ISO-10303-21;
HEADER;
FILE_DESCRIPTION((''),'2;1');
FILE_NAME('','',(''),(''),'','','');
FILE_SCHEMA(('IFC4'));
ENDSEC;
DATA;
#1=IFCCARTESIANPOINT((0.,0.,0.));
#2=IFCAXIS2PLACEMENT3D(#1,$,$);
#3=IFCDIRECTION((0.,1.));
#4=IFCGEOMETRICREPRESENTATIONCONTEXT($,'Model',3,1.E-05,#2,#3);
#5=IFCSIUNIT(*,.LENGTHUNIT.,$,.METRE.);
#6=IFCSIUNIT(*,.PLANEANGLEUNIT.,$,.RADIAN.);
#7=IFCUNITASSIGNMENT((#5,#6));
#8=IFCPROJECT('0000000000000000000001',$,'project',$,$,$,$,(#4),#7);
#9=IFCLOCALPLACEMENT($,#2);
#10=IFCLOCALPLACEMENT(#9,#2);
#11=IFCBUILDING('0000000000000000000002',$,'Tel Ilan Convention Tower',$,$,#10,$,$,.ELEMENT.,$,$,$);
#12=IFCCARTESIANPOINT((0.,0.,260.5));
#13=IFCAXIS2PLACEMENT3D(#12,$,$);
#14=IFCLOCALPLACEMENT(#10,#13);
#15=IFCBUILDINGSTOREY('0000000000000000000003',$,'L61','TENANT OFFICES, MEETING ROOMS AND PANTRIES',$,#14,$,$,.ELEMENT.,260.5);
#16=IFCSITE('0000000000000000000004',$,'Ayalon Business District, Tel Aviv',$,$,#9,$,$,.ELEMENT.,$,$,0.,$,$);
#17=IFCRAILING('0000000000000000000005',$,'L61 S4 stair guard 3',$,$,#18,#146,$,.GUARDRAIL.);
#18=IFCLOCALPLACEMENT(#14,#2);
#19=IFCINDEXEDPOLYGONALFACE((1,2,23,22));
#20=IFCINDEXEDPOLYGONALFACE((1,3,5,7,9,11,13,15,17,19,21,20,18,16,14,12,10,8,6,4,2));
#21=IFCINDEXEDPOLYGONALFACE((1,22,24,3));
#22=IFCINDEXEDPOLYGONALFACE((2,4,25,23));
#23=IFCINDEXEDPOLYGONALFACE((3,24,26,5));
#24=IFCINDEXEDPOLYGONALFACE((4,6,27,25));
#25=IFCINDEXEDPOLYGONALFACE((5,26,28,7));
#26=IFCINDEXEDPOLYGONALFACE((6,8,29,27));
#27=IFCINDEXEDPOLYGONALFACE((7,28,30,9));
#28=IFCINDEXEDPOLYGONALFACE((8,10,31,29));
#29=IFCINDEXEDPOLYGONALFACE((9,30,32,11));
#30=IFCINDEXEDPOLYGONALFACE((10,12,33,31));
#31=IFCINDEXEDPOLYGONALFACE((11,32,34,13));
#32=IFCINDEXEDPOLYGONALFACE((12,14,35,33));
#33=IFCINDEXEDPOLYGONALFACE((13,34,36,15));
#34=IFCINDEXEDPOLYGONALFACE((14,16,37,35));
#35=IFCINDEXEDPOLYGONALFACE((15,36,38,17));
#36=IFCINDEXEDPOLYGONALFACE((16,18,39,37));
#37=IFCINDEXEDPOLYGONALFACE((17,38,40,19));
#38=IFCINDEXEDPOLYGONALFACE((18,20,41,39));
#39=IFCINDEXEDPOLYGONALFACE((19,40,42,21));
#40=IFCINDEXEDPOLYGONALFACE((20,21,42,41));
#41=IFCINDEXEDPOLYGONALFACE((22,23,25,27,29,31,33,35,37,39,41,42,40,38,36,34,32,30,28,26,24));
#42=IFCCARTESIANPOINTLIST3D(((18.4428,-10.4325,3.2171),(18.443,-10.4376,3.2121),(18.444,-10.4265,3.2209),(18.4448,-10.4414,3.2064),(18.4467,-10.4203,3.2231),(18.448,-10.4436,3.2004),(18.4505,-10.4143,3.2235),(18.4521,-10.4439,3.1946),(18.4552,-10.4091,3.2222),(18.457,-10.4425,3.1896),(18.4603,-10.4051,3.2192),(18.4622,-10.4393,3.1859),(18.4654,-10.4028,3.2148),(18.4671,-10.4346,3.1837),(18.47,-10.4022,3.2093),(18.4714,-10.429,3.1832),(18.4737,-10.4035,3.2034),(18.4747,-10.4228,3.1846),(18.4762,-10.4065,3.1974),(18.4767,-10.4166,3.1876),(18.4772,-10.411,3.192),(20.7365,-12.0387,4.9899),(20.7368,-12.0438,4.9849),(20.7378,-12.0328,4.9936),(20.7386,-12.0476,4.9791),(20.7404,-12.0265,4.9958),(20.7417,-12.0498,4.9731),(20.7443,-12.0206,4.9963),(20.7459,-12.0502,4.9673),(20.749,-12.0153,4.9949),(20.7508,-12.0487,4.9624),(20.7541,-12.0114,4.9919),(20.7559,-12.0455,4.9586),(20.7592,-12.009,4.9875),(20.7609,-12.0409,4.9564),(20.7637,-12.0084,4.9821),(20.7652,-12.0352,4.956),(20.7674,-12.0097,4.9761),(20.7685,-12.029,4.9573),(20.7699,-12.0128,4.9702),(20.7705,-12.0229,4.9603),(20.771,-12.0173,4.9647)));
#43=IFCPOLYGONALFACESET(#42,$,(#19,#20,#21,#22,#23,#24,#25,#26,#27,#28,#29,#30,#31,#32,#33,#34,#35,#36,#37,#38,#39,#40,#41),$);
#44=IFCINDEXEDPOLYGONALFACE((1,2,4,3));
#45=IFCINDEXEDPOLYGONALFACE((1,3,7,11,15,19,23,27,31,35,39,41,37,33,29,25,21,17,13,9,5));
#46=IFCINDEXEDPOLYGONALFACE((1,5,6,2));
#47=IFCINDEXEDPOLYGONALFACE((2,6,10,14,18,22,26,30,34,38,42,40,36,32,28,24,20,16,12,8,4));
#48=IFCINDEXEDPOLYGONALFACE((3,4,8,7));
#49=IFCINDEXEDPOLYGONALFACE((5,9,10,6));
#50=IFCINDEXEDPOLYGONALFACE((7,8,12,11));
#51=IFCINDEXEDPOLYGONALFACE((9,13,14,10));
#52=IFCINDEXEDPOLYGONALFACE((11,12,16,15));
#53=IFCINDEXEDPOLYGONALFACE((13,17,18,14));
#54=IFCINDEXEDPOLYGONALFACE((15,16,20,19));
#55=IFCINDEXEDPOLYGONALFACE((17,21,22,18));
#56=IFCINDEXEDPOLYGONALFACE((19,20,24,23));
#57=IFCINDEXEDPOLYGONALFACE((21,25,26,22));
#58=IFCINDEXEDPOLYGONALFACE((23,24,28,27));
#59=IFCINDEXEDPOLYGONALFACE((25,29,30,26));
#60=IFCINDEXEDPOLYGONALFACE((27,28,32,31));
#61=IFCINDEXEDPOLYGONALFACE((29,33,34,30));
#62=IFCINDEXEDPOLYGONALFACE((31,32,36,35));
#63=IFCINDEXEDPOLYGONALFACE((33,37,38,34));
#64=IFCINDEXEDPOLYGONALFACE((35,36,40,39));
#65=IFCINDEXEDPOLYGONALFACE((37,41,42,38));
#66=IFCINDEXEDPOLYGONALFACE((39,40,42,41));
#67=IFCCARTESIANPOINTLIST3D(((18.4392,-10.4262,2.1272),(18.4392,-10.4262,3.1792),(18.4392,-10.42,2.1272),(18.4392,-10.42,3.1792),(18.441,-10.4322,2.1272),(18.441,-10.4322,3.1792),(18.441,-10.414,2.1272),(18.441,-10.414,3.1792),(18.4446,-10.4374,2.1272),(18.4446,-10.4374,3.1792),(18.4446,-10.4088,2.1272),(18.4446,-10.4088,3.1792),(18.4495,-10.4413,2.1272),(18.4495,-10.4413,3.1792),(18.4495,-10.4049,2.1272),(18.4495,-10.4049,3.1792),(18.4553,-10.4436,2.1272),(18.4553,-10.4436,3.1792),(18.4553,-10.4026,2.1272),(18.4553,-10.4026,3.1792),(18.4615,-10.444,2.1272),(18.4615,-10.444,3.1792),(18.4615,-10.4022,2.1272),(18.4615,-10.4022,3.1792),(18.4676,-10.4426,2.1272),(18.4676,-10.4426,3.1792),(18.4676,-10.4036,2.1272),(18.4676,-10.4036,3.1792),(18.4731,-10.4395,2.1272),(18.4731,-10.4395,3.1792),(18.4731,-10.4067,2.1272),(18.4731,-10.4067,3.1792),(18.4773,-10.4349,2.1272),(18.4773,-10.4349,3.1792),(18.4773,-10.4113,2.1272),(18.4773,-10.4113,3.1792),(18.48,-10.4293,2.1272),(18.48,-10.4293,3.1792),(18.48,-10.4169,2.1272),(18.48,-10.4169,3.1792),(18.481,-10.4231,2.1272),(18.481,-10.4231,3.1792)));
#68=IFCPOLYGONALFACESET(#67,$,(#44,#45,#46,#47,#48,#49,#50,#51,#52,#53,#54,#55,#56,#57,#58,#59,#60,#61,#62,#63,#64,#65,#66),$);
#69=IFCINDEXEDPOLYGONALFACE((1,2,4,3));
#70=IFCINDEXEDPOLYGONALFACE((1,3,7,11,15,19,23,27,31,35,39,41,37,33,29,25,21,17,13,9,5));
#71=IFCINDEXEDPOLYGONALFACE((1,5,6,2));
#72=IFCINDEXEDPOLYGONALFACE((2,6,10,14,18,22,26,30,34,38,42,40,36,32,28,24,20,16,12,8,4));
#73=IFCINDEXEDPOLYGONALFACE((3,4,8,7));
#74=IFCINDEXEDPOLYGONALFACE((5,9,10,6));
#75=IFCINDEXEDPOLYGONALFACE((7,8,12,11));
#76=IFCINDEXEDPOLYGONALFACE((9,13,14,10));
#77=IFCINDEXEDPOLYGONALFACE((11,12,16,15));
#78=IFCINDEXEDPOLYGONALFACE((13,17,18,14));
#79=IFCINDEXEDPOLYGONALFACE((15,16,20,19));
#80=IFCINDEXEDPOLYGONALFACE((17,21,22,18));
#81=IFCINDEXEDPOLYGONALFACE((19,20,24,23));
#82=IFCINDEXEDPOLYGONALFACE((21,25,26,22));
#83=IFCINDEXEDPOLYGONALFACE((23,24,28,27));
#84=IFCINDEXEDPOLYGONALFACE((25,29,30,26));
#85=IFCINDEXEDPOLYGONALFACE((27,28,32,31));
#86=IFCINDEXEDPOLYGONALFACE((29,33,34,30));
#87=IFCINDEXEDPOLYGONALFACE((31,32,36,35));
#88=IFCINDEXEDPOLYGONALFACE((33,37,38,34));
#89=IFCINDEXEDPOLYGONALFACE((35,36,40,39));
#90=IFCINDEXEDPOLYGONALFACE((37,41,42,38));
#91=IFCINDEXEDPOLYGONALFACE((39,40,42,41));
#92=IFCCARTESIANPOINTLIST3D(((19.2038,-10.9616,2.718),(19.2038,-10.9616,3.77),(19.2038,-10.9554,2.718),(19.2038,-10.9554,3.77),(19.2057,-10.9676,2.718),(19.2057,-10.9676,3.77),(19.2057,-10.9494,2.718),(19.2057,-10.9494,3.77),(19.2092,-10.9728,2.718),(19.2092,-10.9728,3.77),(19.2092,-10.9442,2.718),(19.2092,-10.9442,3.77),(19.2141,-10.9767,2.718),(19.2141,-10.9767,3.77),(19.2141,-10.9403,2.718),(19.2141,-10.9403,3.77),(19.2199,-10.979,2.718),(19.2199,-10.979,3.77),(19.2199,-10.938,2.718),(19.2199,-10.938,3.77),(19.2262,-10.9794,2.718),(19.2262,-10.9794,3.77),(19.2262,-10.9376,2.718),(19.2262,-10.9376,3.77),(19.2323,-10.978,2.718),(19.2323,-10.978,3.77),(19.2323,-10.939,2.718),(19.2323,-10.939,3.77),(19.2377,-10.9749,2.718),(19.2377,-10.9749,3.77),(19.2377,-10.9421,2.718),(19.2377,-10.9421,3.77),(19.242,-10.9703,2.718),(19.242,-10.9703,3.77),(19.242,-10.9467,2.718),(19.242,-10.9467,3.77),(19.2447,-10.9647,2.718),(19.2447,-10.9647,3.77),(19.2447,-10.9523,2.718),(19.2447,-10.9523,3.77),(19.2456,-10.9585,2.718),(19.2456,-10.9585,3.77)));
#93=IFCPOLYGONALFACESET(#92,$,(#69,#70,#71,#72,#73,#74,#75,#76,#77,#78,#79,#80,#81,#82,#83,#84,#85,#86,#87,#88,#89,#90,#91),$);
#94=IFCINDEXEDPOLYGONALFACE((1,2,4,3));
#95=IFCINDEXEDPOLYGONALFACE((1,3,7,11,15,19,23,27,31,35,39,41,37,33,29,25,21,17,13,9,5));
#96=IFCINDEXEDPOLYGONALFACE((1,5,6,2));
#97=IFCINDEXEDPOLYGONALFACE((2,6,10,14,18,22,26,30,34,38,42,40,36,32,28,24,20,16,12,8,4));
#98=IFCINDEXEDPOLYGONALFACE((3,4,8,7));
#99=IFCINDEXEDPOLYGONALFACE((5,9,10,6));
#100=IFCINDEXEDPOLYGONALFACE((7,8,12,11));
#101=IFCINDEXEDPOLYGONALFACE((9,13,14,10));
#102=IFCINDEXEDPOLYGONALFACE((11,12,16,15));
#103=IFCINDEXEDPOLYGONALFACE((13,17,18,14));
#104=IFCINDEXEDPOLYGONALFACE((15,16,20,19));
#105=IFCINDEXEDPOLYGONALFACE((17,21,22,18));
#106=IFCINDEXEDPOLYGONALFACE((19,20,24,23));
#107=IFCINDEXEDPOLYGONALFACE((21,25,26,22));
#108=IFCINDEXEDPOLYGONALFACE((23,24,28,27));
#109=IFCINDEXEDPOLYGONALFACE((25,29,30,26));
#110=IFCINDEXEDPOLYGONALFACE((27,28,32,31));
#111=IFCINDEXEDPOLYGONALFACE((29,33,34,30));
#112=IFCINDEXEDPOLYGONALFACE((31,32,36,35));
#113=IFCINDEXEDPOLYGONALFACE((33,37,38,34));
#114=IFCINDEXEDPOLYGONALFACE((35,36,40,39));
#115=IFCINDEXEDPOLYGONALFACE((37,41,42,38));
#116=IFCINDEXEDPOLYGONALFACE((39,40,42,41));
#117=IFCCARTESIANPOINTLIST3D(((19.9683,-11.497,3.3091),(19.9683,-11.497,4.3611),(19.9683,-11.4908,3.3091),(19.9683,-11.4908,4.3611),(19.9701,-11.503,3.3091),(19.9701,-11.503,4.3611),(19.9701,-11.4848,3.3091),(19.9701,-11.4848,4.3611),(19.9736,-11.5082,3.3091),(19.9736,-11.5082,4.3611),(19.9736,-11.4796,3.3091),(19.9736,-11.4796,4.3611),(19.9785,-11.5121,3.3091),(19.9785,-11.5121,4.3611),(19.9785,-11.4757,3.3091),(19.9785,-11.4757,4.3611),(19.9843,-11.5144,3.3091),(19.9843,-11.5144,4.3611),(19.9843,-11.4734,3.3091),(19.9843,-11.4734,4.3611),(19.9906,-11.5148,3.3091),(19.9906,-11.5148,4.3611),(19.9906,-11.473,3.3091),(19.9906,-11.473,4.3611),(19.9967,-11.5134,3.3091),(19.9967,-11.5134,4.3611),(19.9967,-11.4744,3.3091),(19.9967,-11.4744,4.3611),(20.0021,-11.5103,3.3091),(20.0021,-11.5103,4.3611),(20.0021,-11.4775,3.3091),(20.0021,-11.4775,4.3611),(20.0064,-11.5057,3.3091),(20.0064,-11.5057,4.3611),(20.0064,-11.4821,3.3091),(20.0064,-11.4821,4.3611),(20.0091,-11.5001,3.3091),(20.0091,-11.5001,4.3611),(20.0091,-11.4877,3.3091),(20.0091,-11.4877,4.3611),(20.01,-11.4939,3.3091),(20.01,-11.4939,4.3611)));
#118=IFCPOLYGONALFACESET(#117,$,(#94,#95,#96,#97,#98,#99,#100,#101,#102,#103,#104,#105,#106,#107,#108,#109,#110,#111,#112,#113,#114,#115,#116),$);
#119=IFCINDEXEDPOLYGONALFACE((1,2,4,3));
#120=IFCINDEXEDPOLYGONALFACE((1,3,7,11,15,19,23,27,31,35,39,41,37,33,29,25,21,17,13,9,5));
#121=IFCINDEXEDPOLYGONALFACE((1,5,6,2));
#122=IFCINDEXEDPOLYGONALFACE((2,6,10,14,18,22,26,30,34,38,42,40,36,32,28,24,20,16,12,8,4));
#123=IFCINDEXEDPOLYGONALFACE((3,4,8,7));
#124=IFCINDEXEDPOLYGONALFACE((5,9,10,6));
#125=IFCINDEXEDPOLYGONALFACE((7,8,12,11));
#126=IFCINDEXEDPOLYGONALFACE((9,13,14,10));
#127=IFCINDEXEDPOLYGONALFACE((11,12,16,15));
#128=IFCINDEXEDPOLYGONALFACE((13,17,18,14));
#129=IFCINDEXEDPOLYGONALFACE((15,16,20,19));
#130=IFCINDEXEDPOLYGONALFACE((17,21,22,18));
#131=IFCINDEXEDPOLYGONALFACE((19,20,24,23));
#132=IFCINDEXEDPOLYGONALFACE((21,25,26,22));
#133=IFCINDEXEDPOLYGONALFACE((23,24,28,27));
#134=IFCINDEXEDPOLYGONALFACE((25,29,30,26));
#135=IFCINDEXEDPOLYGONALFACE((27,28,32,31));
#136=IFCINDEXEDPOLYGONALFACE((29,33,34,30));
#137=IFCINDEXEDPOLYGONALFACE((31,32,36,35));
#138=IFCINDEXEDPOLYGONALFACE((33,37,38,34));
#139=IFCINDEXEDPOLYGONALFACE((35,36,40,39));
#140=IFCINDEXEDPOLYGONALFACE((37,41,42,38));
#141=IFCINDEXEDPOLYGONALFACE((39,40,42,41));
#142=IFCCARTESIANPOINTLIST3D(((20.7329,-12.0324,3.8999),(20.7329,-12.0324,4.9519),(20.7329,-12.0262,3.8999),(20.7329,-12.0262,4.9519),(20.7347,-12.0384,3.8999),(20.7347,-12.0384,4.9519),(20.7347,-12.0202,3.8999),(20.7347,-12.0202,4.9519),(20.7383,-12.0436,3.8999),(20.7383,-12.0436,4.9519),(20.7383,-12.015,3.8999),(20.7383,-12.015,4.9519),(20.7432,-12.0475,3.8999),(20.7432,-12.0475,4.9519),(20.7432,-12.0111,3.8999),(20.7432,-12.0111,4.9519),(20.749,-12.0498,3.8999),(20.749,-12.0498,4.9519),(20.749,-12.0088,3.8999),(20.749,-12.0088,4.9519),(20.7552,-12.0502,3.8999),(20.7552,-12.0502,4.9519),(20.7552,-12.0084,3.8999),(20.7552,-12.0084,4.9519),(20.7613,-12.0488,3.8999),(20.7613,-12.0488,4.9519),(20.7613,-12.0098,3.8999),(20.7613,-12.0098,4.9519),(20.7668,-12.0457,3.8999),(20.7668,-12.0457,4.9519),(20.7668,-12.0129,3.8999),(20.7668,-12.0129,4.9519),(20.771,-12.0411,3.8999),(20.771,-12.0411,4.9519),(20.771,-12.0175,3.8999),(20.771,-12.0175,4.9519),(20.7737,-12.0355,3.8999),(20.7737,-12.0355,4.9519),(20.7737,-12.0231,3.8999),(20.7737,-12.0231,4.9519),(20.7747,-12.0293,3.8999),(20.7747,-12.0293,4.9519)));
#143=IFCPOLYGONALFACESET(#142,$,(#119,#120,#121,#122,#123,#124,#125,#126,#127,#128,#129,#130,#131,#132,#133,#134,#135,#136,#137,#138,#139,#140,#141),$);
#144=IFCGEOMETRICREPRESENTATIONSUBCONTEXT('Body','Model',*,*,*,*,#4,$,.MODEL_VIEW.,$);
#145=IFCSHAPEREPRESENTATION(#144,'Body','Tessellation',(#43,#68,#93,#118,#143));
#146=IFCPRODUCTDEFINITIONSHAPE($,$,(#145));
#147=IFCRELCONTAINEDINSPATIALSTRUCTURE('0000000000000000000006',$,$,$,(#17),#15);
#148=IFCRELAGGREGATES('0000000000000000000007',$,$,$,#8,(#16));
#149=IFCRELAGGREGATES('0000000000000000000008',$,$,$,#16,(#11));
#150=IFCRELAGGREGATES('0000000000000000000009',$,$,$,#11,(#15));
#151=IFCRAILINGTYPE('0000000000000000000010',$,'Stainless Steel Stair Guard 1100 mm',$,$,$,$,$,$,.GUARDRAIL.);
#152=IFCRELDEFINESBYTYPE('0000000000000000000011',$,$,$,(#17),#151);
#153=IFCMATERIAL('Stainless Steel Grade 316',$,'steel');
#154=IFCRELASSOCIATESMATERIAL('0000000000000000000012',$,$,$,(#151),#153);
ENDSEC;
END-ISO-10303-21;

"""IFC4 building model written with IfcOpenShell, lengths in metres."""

from ifc_helpers import new_model, si_unit, direction, frame, origin, origin_2d, place, context, subcontext, project, spatial, circle, extrude, material, type_object, element, save


model = new_model("IFC4")

# Units and contexts
model_context = context("Model", 3, precision=1e-05, world=origin(), true_north=direction((0.0, 1.0)))
body_context = subcontext(model_context, "Body", "Model", "MODEL_VIEW")
ifc_project = project(units=[si_unit("LENGTHUNIT", "METRE"), si_unit("PLANEANGLEUNIT", "RADIAN")], contexts=[model_context])

# Site, building, storey
site_placement = place(None, origin())
site = spatial("IfcSite", under=ifc_project, at=site_placement, Name="Ayalon Business District, Tel Aviv", CompositionType="ELEMENT", RefElevation=0.0)
building_placement = place(site_placement, origin())
building = spatial("IfcBuilding", under=site, at=building_placement, Name="Tel Ilan Convention Tower", CompositionType="ELEMENT")
storey_placement = place(building_placement, frame((0.0, 0.0, 260.5)))
storey = spatial("IfcBuildingStorey", under=building, at=storey_placement, Name="L61", Description="TENANT OFFICES, MEETING ROOMS AND PANTRIES", CompositionType="ELEMENT", Elevation=260.5)

# Railing
ifc_material_1 = material(Name="Stainless Steel Grade 316", Category="steel")
railing_type_1 = type_object("IfcRailingType", Name="Stainless Steel Stair Guard 1100 mm", PredefinedType="GUARDRAIL", material=ifc_material_1)
railing_1_placement = place(storey_placement, frame((18.46, -10.4231, 2.1272)))
element("IfcRailing", 1, at=railing_1_placement, inside=storey, type_object=railing_type_1, Name="L61 S4 stair guard 3", PredefinedType="GUARDRAIL", context=body_context, shape_type="SweptSolid", body=[
    extrude(circle(Radius=0.0239, at=origin_2d()), frame((0.0, 0.0, 1.0762), z_axis=(0.692098, -0.484653, 0.534894), x_axis=(0.573609, 0.81913, 0.0)), (0.0, 0.0, 1.0), 3.3142),
    extrude(circle(Radius=0.021, at=origin_2d()), origin(), (0.0, 0.0, 1.0), 1.052),
    extrude(circle(Radius=0.021, at=origin_2d()), frame((0.7646, -0.5354, 0.5908)), (0.0, 0.0, 1.0), 1.052),
    extrude(circle(Radius=0.021, at=origin_2d()), frame((1.5291, -1.0708, 1.1819)), (0.0, 0.0, 1.0), 1.052),
    extrude(circle(Radius=0.021, at=origin_2d()), frame((2.2937, -1.6062, 1.7727)), (0.0, 0.0, 1.0), 1.052),
])

save(model, "model.ifc")
